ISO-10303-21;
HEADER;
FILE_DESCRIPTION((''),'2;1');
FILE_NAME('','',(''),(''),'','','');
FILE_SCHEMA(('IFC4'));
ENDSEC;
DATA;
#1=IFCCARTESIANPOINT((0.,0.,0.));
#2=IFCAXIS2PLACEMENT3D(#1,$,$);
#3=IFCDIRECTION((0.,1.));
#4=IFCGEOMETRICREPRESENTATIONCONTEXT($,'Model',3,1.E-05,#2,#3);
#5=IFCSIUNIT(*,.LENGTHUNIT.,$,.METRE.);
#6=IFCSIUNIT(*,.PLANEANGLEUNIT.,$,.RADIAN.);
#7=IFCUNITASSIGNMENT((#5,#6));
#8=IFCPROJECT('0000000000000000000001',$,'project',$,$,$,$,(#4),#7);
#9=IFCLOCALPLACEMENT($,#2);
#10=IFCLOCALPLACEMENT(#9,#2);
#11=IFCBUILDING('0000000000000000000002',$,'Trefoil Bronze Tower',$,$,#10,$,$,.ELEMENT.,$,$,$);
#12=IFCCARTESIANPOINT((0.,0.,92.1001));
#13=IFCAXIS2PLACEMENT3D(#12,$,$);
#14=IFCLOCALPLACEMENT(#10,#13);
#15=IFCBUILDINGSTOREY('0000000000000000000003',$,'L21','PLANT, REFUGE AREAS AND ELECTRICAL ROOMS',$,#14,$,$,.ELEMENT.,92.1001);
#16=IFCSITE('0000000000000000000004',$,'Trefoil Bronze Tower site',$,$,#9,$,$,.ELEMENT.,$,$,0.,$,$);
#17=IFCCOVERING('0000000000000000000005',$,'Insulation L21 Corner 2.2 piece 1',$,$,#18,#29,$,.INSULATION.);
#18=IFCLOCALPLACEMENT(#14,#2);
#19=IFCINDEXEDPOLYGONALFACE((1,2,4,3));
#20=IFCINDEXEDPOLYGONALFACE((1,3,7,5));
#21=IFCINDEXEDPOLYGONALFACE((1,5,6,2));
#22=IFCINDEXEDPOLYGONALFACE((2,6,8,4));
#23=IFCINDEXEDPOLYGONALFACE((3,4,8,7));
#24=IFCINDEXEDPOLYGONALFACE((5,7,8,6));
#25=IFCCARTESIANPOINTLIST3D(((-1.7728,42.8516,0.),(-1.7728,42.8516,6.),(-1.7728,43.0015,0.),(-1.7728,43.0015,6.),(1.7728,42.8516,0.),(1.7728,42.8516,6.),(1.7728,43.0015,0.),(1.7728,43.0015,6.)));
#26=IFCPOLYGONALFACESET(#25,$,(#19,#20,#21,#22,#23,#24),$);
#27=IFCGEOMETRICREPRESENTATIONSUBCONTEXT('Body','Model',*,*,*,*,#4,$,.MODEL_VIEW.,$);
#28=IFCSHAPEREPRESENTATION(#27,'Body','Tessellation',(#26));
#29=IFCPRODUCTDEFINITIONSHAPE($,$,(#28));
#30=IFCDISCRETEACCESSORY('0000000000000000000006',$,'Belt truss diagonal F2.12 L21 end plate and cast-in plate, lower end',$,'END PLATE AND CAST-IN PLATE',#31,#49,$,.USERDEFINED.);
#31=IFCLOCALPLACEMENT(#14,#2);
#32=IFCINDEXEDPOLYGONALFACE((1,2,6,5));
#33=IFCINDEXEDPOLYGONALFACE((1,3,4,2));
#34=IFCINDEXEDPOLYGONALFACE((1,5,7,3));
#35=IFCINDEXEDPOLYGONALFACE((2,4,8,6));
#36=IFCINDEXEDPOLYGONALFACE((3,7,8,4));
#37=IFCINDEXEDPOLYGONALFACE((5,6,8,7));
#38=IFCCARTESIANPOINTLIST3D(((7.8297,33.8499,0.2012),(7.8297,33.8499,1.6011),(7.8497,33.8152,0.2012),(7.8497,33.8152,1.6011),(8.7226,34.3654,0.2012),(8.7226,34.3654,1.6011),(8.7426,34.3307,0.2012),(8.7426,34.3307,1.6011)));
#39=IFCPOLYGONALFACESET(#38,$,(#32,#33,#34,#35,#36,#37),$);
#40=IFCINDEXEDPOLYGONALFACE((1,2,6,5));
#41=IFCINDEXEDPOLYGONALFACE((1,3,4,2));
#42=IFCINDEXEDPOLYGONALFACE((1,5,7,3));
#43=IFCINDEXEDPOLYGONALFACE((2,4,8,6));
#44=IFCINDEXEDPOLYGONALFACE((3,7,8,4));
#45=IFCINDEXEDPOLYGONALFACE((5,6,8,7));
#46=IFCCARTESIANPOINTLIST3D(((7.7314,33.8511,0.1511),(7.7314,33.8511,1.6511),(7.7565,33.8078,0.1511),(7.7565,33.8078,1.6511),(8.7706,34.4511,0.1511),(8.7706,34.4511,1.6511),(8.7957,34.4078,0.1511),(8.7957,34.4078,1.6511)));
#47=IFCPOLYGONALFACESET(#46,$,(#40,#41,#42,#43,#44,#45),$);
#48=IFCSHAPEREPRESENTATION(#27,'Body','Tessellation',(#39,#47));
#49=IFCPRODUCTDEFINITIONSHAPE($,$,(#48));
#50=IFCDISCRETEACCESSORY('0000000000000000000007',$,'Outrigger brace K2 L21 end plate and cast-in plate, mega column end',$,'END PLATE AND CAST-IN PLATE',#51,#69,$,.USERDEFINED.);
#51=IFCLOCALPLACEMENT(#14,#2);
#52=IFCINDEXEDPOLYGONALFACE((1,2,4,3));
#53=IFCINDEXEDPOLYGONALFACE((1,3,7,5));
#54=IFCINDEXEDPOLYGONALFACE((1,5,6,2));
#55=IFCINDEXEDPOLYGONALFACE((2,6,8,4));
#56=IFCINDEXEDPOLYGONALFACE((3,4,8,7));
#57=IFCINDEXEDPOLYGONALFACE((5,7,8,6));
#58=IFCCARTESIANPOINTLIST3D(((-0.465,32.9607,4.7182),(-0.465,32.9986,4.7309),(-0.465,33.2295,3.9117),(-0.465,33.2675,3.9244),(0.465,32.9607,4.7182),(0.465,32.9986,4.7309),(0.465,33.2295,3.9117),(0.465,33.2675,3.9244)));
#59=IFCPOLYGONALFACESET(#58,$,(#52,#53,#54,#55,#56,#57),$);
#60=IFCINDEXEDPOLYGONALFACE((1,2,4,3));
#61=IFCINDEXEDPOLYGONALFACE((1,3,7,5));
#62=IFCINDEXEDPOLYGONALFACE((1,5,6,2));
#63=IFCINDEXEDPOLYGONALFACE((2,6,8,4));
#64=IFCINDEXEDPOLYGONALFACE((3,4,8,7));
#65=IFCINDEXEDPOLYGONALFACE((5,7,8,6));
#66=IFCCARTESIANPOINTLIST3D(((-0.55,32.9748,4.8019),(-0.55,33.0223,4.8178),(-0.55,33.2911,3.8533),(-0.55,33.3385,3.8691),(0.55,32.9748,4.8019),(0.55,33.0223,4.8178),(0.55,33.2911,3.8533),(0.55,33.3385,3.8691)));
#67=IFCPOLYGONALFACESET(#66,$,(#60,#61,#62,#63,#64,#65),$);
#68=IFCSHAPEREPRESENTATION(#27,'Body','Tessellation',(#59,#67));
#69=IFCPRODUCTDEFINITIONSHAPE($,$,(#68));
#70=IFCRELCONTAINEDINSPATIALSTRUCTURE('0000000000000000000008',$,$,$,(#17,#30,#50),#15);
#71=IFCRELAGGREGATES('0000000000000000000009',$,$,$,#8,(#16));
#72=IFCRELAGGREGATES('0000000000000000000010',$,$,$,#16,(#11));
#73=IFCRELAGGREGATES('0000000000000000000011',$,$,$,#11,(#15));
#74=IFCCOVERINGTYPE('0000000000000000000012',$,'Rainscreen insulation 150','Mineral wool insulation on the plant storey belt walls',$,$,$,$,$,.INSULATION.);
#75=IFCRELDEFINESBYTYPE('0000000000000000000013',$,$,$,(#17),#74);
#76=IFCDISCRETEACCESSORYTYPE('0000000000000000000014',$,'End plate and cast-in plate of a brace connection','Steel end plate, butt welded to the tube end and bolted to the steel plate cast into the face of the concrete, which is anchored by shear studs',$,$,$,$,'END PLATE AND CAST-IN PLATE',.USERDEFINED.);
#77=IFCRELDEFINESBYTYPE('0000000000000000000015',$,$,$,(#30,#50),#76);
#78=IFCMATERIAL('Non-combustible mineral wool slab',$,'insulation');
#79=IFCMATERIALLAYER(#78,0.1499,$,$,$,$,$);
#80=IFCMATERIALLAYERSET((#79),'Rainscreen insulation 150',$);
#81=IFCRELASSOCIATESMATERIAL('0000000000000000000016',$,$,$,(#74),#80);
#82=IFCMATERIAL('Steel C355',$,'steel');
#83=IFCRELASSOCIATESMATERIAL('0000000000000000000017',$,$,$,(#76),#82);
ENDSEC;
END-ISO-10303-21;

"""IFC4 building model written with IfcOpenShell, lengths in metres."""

from ifc_helpers import new_model, si_unit, direction, frame, origin, origin_2d, place, context, subcontext, project, spatial, rectangle, extrude, material, layer, layer_set, type_object, element, save


model = new_model("IFC4")

# Units and contexts
model_context = context("Model", 3, precision=1e-05, world=origin(), true_north=direction((0.0, 1.0)))
body_context = subcontext(model_context, "Body", "Model", "MODEL_VIEW")
ifc_project = project(units=[si_unit("LENGTHUNIT", "METRE"), si_unit("PLANEANGLEUNIT", "RADIAN")], contexts=[model_context])

# Site, building, storey
site_placement = place(None, origin())
site = spatial("IfcSite", under=ifc_project, at=site_placement, Name="Trefoil Bronze Tower site", CompositionType="ELEMENT", RefElevation=0.0)
building_placement = place(site_placement, origin())
building = spatial("IfcBuilding", under=site, at=building_placement, Name="Trefoil Bronze Tower", CompositionType="ELEMENT")
storey_placement = place(building_placement, frame((0.0, 0.0, 92.1001)))
storey = spatial("IfcBuildingStorey", under=building, at=storey_placement, Name="L21", Description="PLANT, REFUGE AREAS AND ELECTRICAL ROOMS", CompositionType="ELEMENT", Elevation=92.1001)

# Covering
ifc_material_1 = material(Name="Non-combustible mineral wool slab", Category="insulation")
ifc_layer_1 = layer(ifc_material_1, 0.1499)
ifc_layer_set_1 = layer_set([ifc_layer_1], Name="Rainscreen insulation 150")
covering_type_1 = type_object("IfcCoveringType", Name="Rainscreen insulation 150", Description="Mineral wool insulation on the plant storey belt walls", PredefinedType="INSULATION", material=ifc_layer_set_1)
for number, where, z_axis, x_axis, name in (
    (1, (0.0, 42.9265, 0.0), (0.0, 0.0, 1.0), (-1.0, 0.0, 0.0), "Insulation L21 Corner 2.2 piece 1"),
):
    element("IfcCovering", number, at=place(storey_placement, frame(where, z_axis=z_axis, x_axis=x_axis)), inside=storey, type_object=covering_type_1, Name=name, PredefinedType="INSULATION", context=body_context, shape_type="SweptSolid", body=[
        extrude(rectangle(XDim=3.5457, YDim=0.1499, at=origin_2d()), origin(), (0.0, 0.0, 1.0), 6.0),
    ])

# Discrete accessories
ifc_material_2 = material(Name="Steel C355", Category="steel")
discrete_accessory_type = type_object("IfcDiscreteAccessoryType", Name="End plate and cast-in plate of a brace connection", Description="Steel end plate, butt welded to the tube end and bolted to the steel plate cast into the face of the concrete, which is anchored by shear studs", ElementType="END PLATE AND CAST-IN PLATE", PredefinedType="USERDEFINED", material=ifc_material_2)
discrete_accessory_1_placement = place(storey_placement, frame((8.2761, 34.1077, 0.9011), z_axis=(0.0, 0.0, 1.0), x_axis=(0.5, -0.866025, 0.0)))
element("IfcDiscreteAccessory", 2, at=discrete_accessory_1_placement, inside=storey, type_object=discrete_accessory_type, Name="Belt truss diagonal F2.12 L21 end plate and cast-in plate, lower end", ObjectType="END PLATE AND CAST-IN PLATE", PredefinedType="USERDEFINED", context=body_context, shape_type="SweptSolid", body=[
    extrude(rectangle(XDim=0.04, YDim=1.031, at=origin_2d()), frame((0.02, 0.0, -0.7)), (0.0, 0.0, 1.0), 1.3999),
    extrude(rectangle(XDim=0.05, YDim=1.2, at=origin_2d()), frame((-0.0251, 0.0, -0.75)), (0.0, 0.0, 1.0), 1.5),
])
discrete_accessory_2_placement = place(storey_placement, frame((0.0, 33.1331, 4.3276), z_axis=(0.0, -0.316228, 0.948683), x_axis=(0.0, -0.948683, -0.316228)))
element("IfcDiscreteAccessory", 3, at=discrete_accessory_2_placement, inside=storey, type_object=discrete_accessory_type, Name="Outrigger brace K2 L21 end plate and cast-in plate, mega column end", ObjectType="END PLATE AND CAST-IN PLATE", PredefinedType="USERDEFINED", context=body_context, shape_type="SweptSolid", body=[
    extrude(rectangle(XDim=0.04, YDim=0.9299, at=origin_2d()), frame((0.02, 0.0, -0.425)), (0.0, 0.0, 1.0), 0.8501),
    extrude(rectangle(XDim=0.05, YDim=1.1001, at=origin_2d()), frame((-0.0249, 0.0, -0.5)), (0.0, 0.0, 1.0), 1.0),
])

save(model, "model.ifc")
